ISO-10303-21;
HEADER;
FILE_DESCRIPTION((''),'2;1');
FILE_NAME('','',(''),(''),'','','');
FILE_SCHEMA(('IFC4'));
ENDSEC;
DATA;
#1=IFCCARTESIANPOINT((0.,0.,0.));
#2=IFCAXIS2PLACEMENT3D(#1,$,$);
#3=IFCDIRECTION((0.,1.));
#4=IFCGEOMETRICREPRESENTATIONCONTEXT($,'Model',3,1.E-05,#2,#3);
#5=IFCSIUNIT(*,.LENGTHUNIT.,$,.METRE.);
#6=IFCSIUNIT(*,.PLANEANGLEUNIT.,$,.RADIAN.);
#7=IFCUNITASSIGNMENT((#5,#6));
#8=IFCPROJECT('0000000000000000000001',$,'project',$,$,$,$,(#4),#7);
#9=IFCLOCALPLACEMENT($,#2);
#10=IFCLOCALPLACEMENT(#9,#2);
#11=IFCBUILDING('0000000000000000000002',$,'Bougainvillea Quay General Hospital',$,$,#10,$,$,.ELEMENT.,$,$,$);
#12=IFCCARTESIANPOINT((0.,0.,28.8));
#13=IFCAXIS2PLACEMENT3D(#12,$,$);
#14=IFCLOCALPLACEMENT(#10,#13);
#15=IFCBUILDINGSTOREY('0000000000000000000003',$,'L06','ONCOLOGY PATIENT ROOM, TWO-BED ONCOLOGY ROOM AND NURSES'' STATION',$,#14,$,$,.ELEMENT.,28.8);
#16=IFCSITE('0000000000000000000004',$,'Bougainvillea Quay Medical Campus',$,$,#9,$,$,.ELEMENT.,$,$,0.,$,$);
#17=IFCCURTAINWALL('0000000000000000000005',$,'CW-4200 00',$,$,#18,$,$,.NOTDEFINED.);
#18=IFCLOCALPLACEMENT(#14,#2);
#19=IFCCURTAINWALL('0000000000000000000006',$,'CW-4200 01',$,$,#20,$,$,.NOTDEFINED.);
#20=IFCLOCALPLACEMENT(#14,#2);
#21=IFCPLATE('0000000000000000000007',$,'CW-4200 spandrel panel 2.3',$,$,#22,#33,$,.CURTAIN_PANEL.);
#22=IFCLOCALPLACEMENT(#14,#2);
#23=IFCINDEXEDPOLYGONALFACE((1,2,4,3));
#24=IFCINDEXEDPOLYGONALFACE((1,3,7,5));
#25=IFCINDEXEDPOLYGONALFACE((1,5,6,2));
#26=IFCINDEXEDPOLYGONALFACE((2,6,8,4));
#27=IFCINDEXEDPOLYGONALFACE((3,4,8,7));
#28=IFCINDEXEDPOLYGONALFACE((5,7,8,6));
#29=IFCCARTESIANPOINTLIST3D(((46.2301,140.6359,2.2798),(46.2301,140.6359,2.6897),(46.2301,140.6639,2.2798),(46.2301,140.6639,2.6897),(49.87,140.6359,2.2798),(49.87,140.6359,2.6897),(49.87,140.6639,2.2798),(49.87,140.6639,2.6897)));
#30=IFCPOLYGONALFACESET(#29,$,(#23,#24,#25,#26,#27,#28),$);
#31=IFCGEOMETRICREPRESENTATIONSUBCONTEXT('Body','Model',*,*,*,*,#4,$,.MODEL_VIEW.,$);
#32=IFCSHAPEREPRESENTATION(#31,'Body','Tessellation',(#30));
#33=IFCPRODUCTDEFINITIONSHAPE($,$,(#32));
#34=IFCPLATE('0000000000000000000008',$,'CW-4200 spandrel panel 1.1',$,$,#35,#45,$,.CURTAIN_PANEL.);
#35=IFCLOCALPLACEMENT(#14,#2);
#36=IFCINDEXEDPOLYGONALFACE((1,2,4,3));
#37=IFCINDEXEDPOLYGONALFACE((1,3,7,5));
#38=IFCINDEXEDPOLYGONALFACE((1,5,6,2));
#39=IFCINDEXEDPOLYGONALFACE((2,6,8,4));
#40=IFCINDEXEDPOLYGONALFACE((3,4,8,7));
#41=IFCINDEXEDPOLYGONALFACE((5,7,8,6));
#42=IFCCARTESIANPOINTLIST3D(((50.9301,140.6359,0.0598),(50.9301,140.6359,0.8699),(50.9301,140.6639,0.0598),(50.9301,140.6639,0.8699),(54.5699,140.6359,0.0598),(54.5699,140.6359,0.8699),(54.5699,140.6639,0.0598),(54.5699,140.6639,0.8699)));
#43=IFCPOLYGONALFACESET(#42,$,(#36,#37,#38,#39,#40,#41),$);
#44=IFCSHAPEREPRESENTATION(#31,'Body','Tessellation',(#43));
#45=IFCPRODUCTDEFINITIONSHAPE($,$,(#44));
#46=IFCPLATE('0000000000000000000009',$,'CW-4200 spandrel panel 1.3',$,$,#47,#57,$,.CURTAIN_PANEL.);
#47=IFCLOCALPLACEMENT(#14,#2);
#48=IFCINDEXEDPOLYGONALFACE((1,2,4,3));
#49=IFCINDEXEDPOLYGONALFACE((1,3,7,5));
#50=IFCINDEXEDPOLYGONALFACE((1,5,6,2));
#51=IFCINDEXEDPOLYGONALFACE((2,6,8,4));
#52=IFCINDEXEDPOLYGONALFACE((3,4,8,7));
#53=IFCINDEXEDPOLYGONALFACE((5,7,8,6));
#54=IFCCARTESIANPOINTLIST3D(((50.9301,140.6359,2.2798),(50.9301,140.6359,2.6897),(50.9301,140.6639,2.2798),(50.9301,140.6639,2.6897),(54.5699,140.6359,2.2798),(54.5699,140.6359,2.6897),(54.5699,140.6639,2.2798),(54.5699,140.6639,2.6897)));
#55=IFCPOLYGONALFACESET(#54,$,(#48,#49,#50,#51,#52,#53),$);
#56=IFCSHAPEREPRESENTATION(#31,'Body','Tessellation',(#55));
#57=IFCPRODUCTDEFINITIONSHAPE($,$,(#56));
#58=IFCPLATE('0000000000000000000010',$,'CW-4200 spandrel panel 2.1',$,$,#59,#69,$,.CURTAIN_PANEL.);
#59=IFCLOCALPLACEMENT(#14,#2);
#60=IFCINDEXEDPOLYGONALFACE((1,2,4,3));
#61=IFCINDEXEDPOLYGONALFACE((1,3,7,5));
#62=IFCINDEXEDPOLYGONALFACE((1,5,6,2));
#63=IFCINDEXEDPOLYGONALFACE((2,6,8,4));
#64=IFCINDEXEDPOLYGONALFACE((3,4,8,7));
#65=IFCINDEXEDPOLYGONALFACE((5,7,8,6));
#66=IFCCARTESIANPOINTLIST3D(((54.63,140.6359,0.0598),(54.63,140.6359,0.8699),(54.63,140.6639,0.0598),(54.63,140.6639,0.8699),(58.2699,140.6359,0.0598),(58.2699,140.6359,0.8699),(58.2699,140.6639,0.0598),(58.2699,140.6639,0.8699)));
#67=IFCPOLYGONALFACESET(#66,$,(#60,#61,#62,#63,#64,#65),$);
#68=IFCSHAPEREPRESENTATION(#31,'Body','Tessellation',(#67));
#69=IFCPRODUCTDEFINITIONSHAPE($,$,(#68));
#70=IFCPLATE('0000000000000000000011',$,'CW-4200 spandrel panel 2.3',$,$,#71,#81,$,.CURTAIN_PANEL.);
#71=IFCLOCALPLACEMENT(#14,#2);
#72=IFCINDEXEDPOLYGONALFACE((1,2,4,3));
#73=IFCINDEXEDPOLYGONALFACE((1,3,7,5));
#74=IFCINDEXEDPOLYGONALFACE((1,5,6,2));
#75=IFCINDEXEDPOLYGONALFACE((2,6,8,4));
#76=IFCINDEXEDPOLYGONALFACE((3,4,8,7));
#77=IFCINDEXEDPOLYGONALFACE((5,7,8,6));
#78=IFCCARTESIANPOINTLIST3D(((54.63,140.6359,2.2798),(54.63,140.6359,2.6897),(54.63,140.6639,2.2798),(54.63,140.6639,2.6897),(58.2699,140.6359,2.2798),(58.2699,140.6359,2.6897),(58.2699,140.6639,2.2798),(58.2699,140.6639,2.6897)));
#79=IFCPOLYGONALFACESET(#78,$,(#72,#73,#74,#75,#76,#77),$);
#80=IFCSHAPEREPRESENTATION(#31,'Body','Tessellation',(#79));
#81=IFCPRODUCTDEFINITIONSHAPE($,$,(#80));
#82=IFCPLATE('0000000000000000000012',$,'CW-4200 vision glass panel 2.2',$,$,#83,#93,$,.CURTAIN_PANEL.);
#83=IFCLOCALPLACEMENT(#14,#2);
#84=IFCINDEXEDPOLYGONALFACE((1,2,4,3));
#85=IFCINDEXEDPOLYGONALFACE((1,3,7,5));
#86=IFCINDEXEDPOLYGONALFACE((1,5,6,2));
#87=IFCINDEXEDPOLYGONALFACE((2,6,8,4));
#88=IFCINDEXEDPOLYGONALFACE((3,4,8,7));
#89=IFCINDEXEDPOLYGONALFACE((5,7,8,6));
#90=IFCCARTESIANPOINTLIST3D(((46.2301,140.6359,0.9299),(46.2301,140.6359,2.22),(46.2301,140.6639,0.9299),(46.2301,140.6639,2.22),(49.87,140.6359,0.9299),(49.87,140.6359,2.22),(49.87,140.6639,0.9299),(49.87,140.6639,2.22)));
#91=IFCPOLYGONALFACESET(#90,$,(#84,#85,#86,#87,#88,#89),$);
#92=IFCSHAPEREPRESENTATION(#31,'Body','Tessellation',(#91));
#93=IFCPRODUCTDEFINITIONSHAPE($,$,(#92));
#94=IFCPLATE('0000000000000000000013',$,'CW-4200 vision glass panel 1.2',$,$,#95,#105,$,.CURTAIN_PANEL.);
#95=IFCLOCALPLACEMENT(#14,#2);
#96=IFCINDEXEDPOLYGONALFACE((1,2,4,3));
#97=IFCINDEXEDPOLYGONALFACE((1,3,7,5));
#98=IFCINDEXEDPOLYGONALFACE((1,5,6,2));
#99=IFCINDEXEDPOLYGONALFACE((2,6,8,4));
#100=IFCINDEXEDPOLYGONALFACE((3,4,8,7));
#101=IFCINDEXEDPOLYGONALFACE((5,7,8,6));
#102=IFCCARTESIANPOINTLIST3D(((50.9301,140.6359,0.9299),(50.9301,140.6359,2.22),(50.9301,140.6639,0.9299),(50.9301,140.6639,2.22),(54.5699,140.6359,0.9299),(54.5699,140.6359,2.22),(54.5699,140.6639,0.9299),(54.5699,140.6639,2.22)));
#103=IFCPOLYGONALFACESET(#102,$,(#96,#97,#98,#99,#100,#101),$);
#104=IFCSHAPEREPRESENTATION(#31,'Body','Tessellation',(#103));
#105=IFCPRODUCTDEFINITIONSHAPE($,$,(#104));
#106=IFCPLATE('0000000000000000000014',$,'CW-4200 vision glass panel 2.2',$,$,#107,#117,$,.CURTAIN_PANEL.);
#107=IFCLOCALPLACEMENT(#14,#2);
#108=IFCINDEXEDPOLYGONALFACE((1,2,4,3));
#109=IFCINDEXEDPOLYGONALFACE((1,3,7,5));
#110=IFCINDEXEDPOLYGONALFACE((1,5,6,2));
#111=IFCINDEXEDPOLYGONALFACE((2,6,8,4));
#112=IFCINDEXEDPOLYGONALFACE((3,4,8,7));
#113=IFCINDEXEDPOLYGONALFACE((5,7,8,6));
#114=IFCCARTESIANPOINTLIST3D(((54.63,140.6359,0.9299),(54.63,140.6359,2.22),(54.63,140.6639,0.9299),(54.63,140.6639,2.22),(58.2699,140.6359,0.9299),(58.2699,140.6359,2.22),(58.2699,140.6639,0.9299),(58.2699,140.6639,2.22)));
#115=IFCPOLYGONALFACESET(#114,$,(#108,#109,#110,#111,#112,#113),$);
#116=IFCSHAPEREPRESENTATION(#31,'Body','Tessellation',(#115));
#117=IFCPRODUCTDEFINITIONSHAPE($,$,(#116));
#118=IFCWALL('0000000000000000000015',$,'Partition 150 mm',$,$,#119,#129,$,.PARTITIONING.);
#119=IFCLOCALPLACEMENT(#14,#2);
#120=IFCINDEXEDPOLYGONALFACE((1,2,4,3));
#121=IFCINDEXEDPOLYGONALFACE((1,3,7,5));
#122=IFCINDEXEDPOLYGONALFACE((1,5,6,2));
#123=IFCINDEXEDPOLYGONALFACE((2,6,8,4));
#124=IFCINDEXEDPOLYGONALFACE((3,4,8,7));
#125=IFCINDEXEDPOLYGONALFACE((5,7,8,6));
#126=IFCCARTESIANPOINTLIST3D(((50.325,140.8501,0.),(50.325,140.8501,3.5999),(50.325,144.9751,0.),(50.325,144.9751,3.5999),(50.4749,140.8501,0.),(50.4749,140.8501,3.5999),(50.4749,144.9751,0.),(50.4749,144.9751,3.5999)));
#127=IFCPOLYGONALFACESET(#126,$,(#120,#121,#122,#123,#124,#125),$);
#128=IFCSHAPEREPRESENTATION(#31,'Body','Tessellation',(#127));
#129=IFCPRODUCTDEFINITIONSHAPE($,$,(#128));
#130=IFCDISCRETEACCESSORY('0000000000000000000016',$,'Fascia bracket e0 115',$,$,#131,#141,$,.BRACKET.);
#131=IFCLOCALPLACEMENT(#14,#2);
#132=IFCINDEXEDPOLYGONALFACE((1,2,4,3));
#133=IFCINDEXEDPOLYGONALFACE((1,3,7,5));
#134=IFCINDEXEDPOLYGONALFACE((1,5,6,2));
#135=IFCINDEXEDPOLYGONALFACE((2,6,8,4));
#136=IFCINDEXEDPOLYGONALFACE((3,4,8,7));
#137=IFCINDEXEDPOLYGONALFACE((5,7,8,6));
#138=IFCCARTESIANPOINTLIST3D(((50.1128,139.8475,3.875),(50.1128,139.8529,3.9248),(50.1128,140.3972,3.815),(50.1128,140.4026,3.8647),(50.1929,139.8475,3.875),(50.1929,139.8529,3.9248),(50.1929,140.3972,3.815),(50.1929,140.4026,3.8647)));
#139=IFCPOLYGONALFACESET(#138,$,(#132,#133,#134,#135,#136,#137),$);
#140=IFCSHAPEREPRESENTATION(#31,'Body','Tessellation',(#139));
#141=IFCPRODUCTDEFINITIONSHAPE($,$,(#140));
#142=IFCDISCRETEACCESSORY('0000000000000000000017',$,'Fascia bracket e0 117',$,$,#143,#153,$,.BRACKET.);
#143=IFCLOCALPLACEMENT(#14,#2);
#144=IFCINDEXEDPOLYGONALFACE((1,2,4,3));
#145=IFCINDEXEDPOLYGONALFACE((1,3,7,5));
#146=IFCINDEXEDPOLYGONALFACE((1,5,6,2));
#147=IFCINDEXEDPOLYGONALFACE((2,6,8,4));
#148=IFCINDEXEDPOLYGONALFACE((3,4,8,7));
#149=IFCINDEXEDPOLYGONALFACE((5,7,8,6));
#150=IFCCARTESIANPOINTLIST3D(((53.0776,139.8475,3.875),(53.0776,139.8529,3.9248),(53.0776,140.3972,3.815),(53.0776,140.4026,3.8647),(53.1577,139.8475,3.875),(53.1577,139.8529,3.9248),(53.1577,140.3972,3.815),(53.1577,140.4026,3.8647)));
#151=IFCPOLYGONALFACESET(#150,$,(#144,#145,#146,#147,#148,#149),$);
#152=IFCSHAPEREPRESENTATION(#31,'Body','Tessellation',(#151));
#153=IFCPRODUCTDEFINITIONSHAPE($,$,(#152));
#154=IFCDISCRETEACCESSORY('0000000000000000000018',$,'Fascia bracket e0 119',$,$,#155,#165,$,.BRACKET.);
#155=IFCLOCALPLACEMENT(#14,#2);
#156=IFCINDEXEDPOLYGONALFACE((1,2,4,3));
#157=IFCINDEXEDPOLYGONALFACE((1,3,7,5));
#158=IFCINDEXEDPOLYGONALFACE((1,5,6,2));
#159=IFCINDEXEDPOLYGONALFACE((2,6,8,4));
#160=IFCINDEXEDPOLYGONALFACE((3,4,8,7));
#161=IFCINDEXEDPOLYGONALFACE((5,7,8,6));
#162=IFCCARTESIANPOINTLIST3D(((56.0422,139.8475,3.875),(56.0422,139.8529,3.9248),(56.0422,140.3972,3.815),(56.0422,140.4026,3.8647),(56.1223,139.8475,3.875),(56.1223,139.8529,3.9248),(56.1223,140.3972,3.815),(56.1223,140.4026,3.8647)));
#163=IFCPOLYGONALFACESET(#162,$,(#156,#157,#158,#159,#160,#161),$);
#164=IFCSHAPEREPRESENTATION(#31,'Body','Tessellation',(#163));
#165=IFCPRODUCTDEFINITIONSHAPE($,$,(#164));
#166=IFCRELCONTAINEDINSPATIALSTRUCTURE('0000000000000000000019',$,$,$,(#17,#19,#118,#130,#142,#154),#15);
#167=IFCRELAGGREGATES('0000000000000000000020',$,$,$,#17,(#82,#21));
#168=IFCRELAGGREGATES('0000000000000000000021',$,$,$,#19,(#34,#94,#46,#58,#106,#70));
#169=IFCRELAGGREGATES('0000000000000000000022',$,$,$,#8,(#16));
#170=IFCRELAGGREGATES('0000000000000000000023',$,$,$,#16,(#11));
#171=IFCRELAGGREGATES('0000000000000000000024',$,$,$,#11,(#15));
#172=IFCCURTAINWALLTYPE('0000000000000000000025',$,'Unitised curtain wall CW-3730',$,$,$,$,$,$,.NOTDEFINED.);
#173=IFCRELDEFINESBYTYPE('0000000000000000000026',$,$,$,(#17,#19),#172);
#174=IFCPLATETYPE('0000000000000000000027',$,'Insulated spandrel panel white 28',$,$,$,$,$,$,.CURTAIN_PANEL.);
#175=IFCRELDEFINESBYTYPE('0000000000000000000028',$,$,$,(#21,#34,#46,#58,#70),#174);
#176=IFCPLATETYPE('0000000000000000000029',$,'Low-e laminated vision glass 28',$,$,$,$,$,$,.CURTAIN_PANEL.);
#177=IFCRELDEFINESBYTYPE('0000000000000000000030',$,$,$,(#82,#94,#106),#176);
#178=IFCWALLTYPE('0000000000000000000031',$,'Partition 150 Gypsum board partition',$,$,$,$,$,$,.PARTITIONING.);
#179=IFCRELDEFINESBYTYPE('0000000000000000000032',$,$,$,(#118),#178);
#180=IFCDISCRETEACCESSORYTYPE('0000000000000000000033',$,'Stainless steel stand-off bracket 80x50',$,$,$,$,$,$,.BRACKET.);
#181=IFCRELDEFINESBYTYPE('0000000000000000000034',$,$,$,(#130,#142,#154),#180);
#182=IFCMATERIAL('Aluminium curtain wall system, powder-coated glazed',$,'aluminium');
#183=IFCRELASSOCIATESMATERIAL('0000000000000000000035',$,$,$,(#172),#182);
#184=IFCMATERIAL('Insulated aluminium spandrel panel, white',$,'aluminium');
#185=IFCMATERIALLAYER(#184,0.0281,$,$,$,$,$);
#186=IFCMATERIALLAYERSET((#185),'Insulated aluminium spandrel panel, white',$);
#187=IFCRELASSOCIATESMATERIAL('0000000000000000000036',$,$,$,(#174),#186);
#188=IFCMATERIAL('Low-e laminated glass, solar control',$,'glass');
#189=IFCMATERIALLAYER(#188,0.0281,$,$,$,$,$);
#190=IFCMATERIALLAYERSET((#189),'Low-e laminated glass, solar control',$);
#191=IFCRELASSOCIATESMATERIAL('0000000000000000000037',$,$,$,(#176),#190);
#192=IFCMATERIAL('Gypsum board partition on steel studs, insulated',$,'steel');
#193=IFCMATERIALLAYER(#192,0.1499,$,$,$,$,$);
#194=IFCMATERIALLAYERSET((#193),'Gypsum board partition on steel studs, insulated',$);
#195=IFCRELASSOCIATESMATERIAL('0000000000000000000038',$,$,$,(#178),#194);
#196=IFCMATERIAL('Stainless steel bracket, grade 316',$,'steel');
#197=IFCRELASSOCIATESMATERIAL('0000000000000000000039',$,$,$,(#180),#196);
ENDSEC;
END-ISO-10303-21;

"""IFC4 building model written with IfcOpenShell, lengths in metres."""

from ifc_helpers import new_model, si_unit, direction, frame, frame_2d, origin, origin_2d, place, context, subcontext, project, spatial, rectangle, extrude, material, layer, layer_set, material_profile, profile_set, type_object, element, aggregate, save


model = new_model("IFC4")

# Units and contexts
model_context = context("Model", 3, precision=1e-05, world=origin(), true_north=direction((0.0, 1.0)))
body_context = subcontext(model_context, "Body", "Model", "MODEL_VIEW")
ifc_project = project(units=[si_unit("LENGTHUNIT", "METRE"), si_unit("PLANEANGLEUNIT", "RADIAN")], contexts=[model_context])

# Site, building, storey
site_placement = place(None, origin())
site = spatial("IfcSite", under=ifc_project, at=site_placement, Name="Bougainvillea Quay Medical Campus", CompositionType="ELEMENT", RefElevation=0.0)
building_placement = place(site_placement, origin())
building = spatial("IfcBuilding", under=site, at=building_placement, Name="Bougainvillea Quay General Hospital", CompositionType="ELEMENT")
storey_placement = place(building_placement, frame((0.0, 0.0, 28.8)))
storey = spatial("IfcBuildingStorey", under=building, at=storey_placement, Name="L06", Description="ONCOLOGY PATIENT ROOM, TWO-BED ONCOLOGY ROOM AND NURSES' STATION", CompositionType="ELEMENT", Elevation=28.8)

# Curtain wall
ifc_material_1 = material(Name="Aluminium curtain wall system, powder-coated glazed", Category="aluminium")
curtain_wall_type = type_object("IfcCurtainWallType", Name="Unitised curtain wall CW-3730", PredefinedType="NOTDEFINED", material=ifc_material_1)
curtain_wall_1_placement = place(storey_placement, origin())
curtain_wall_1 = element("IfcCurtainWall", 1, at=curtain_wall_1_placement, inside=storey, type_object=curtain_wall_type, Name="CW-4200 00", PredefinedType="NOTDEFINED")

# Curtain wall
curtain_wall_2_placement = place(storey_placement, origin())
curtain_wall_2 = element("IfcCurtainWall", 2, at=curtain_wall_2_placement, inside=storey, type_object=curtain_wall_type, Name="CW-4200 01", PredefinedType="NOTDEFINED")

# Plates
ifc_material_2 = material(Name="Insulated aluminium spandrel panel, white", Category="aluminium")
ifc_layer_1 = layer(ifc_material_2, 0.0281)
ifc_layer_set_1 = layer_set([ifc_layer_1], Name="Insulated aluminium spandrel panel, white")
plate_type_1 = type_object("IfcPlateType", Name="Insulated spandrel panel white 28", PredefinedType="CURTAIN_PANEL", material=ifc_layer_set_1)
plate_1_placement = place(storey_placement, frame((48.05, 140.6499, 2.2798), z_axis=(0.0, 0.0, 1.0), x_axis=(1.0, 0.0, 0.0)))
plate_1 = element("IfcPlate", 3, at=plate_1_placement, type_object=plate_type_1, Name="CW-4200 spandrel panel 2.3", PredefinedType="CURTAIN_PANEL", context=body_context, shape_type="SweptSolid", body=[
    extrude(rectangle(XDim=3.6399, YDim=0.0281, at=origin_2d()), origin(), (0.0, 0.0, 1.0), 0.4099),
])
plate_2_placement = place(storey_placement, frame((52.75, 140.6499, 0.0598), z_axis=(0.0, 0.0, 1.0), x_axis=(1.0, 0.0, 0.0)))
plate_2 = element("IfcPlate", 4, at=plate_2_placement, type_object=plate_type_1, Name="CW-4200 spandrel panel 1.1", PredefinedType="CURTAIN_PANEL", context=body_context, shape_type="SweptSolid", body=[
    extrude(rectangle(XDim=3.6399, YDim=0.0281, at=origin_2d()), origin(), (0.0, 0.0, 1.0), 0.8101),
])
plate_3_placement = place(storey_placement, frame((52.75, 140.6499, 2.2798), z_axis=(0.0, 0.0, 1.0), x_axis=(1.0, 0.0, 0.0)))
plate_3 = element("IfcPlate", 5, at=plate_3_placement, type_object=plate_type_1, Name="CW-4200 spandrel panel 1.3", PredefinedType="CURTAIN_PANEL", context=body_context, shape_type="SweptSolid", body=[
    extrude(rectangle(XDim=3.6399, YDim=0.0281, at=origin_2d()), origin(), (0.0, 0.0, 1.0), 0.4099),
])
plate_4_placement = place(storey_placement, frame((56.45, 140.6499, 0.0598), z_axis=(0.0, 0.0, 1.0), x_axis=(1.0, 0.0, 0.0)))
plate_4 = element("IfcPlate", 6, at=plate_4_placement, type_object=plate_type_1, Name="CW-4200 spandrel panel 2.1", PredefinedType="CURTAIN_PANEL", context=body_context, shape_type="SweptSolid", body=[
    extrude(rectangle(XDim=3.6399, YDim=0.0281, at=origin_2d()), origin(), (0.0, 0.0, 1.0), 0.8101),
])
plate_5_placement = place(storey_placement, frame((56.45, 140.6499, 2.2798), z_axis=(0.0, 0.0, 1.0), x_axis=(1.0, 0.0, 0.0)))
plate_5 = element("IfcPlate", 7, at=plate_5_placement, type_object=plate_type_1, Name="CW-4200 spandrel panel 2.3", PredefinedType="CURTAIN_PANEL", context=body_context, shape_type="SweptSolid", body=[
    extrude(rectangle(XDim=3.6399, YDim=0.0281, at=origin_2d()), origin(), (0.0, 0.0, 1.0), 0.4099),
])
ifc_material_3 = material(Name="Low-e laminated glass, solar control", Category="glass")
ifc_layer_2 = layer(ifc_material_3, 0.0281)
ifc_layer_set_2 = layer_set([ifc_layer_2], Name="Low-e laminated glass, solar control")
plate_type_2 = type_object("IfcPlateType", Name="Low-e laminated vision glass 28", PredefinedType="CURTAIN_PANEL", material=ifc_layer_set_2)
plate_6_placement = place(storey_placement, frame((48.05, 140.6499, 0.9299), z_axis=(0.0, 0.0, 1.0), x_axis=(1.0, 0.0, 0.0)))
plate_6 = element("IfcPlate", 8, at=plate_6_placement, type_object=plate_type_2, Name="CW-4200 vision glass panel 2.2", PredefinedType="CURTAIN_PANEL", context=body_context, shape_type="SweptSolid", body=[
    extrude(rectangle(XDim=3.6399, YDim=0.0281, at=origin_2d()), origin(), (0.0, 0.0, 1.0), 1.29),
])
aggregate(curtain_wall_1, [plate_6, plate_1])
plate_7_placement = place(storey_placement, frame((52.75, 140.6499, 0.9299), z_axis=(0.0, 0.0, 1.0), x_axis=(1.0, 0.0, 0.0)))
plate_7 = element("IfcPlate", 9, at=plate_7_placement, type_object=plate_type_2, Name="CW-4200 vision glass panel 1.2", PredefinedType="CURTAIN_PANEL", context=body_context, shape_type="SweptSolid", body=[
    extrude(rectangle(XDim=3.6399, YDim=0.0281, at=origin_2d()), origin(), (0.0, 0.0, 1.0), 1.29),
])
plate_8_placement = place(storey_placement, frame((56.45, 140.6499, 0.9299), z_axis=(0.0, 0.0, 1.0), x_axis=(1.0, 0.0, 0.0)))
plate_8 = element("IfcPlate", 10, at=plate_8_placement, type_object=plate_type_2, Name="CW-4200 vision glass panel 2.2", PredefinedType="CURTAIN_PANEL", context=body_context, shape_type="SweptSolid", body=[
    extrude(rectangle(XDim=3.6399, YDim=0.0281, at=origin_2d()), origin(), (0.0, 0.0, 1.0), 1.29),
])
aggregate(curtain_wall_2, [plate_2, plate_7, plate_3, plate_4, plate_8, plate_5])

# Wall
ifc_material_4 = material(Name="Gypsum board partition on steel studs, insulated", Category="steel")
ifc_layer_3 = layer(ifc_material_4, 0.1499)
ifc_layer_set_3 = layer_set([ifc_layer_3], Name="Gypsum board partition on steel studs, insulated")
wall_type = type_object("IfcWallType", Name="Partition 150 Gypsum board partition", PredefinedType="PARTITIONING", material=ifc_layer_set_3)
wall_placement = place(storey_placement, frame((50.3999, 140.8501, 0.0), z_axis=(0.0, 0.0, 1.0), x_axis=(0.0, 1.0, 0.0)))
element("IfcWall", 11, at=wall_placement, inside=storey, type_object=wall_type, Name="Partition 150 mm", PredefinedType="PARTITIONING", context=body_context, shape_type="SweptSolid", body=[
    extrude(rectangle(XDim=4.125, YDim=0.1499, at=frame_2d((2.0625, 0.0))), origin(), (0.0, 0.0, 1.0), 3.5999),
])

# Discrete accessories
ifc_material_5 = material(Name="Stainless steel bracket, grade 316", Category="steel")
ifc_material_profile_1 = material_profile(ifc_material_5, rectangle(XDim=0.0801, YDim=0.05, at=origin_2d()))
ifc_profile_set_1 = profile_set([ifc_material_profile_1], Name="Stainless steel bracket, grade 316")
discrete_accessory_type = type_object("IfcDiscreteAccessoryType", Name="Stainless steel stand-off bracket 80x50", PredefinedType="BRACKET", material=ifc_profile_set_1)
for number, where, z_axis, x_axis, name in (
    (12, (50.1528, 140.3999, 3.8398), (0.0, -0.994087, 0.10859), (1.0, 0.0, 0.0), "Fascia bracket e0 115"),
    (13, (53.1177, 140.3999, 3.8398), (0.0, -0.994087, 0.10859), (1.0, 0.0, 0.0), "Fascia bracket e0 117"),
    (14, (56.0823, 140.3999, 3.8398), (0.0, -0.994087, 0.10859), (1.0, 0.0, 0.0), "Fascia bracket e0 119"),
):
    element("IfcDiscreteAccessory", number, at=place(storey_placement, frame(where, z_axis=z_axis, x_axis=x_axis)), inside=storey, type_object=discrete_accessory_type, Name=name, PredefinedType="BRACKET", context=body_context, shape_type="SweptSolid", body=[
        extrude(rectangle(XDim=0.0801, YDim=0.05, at=origin_2d()), origin(), (0.0, 0.0, 1.0), 0.553),
    ])

save(model, "model.ifc")
